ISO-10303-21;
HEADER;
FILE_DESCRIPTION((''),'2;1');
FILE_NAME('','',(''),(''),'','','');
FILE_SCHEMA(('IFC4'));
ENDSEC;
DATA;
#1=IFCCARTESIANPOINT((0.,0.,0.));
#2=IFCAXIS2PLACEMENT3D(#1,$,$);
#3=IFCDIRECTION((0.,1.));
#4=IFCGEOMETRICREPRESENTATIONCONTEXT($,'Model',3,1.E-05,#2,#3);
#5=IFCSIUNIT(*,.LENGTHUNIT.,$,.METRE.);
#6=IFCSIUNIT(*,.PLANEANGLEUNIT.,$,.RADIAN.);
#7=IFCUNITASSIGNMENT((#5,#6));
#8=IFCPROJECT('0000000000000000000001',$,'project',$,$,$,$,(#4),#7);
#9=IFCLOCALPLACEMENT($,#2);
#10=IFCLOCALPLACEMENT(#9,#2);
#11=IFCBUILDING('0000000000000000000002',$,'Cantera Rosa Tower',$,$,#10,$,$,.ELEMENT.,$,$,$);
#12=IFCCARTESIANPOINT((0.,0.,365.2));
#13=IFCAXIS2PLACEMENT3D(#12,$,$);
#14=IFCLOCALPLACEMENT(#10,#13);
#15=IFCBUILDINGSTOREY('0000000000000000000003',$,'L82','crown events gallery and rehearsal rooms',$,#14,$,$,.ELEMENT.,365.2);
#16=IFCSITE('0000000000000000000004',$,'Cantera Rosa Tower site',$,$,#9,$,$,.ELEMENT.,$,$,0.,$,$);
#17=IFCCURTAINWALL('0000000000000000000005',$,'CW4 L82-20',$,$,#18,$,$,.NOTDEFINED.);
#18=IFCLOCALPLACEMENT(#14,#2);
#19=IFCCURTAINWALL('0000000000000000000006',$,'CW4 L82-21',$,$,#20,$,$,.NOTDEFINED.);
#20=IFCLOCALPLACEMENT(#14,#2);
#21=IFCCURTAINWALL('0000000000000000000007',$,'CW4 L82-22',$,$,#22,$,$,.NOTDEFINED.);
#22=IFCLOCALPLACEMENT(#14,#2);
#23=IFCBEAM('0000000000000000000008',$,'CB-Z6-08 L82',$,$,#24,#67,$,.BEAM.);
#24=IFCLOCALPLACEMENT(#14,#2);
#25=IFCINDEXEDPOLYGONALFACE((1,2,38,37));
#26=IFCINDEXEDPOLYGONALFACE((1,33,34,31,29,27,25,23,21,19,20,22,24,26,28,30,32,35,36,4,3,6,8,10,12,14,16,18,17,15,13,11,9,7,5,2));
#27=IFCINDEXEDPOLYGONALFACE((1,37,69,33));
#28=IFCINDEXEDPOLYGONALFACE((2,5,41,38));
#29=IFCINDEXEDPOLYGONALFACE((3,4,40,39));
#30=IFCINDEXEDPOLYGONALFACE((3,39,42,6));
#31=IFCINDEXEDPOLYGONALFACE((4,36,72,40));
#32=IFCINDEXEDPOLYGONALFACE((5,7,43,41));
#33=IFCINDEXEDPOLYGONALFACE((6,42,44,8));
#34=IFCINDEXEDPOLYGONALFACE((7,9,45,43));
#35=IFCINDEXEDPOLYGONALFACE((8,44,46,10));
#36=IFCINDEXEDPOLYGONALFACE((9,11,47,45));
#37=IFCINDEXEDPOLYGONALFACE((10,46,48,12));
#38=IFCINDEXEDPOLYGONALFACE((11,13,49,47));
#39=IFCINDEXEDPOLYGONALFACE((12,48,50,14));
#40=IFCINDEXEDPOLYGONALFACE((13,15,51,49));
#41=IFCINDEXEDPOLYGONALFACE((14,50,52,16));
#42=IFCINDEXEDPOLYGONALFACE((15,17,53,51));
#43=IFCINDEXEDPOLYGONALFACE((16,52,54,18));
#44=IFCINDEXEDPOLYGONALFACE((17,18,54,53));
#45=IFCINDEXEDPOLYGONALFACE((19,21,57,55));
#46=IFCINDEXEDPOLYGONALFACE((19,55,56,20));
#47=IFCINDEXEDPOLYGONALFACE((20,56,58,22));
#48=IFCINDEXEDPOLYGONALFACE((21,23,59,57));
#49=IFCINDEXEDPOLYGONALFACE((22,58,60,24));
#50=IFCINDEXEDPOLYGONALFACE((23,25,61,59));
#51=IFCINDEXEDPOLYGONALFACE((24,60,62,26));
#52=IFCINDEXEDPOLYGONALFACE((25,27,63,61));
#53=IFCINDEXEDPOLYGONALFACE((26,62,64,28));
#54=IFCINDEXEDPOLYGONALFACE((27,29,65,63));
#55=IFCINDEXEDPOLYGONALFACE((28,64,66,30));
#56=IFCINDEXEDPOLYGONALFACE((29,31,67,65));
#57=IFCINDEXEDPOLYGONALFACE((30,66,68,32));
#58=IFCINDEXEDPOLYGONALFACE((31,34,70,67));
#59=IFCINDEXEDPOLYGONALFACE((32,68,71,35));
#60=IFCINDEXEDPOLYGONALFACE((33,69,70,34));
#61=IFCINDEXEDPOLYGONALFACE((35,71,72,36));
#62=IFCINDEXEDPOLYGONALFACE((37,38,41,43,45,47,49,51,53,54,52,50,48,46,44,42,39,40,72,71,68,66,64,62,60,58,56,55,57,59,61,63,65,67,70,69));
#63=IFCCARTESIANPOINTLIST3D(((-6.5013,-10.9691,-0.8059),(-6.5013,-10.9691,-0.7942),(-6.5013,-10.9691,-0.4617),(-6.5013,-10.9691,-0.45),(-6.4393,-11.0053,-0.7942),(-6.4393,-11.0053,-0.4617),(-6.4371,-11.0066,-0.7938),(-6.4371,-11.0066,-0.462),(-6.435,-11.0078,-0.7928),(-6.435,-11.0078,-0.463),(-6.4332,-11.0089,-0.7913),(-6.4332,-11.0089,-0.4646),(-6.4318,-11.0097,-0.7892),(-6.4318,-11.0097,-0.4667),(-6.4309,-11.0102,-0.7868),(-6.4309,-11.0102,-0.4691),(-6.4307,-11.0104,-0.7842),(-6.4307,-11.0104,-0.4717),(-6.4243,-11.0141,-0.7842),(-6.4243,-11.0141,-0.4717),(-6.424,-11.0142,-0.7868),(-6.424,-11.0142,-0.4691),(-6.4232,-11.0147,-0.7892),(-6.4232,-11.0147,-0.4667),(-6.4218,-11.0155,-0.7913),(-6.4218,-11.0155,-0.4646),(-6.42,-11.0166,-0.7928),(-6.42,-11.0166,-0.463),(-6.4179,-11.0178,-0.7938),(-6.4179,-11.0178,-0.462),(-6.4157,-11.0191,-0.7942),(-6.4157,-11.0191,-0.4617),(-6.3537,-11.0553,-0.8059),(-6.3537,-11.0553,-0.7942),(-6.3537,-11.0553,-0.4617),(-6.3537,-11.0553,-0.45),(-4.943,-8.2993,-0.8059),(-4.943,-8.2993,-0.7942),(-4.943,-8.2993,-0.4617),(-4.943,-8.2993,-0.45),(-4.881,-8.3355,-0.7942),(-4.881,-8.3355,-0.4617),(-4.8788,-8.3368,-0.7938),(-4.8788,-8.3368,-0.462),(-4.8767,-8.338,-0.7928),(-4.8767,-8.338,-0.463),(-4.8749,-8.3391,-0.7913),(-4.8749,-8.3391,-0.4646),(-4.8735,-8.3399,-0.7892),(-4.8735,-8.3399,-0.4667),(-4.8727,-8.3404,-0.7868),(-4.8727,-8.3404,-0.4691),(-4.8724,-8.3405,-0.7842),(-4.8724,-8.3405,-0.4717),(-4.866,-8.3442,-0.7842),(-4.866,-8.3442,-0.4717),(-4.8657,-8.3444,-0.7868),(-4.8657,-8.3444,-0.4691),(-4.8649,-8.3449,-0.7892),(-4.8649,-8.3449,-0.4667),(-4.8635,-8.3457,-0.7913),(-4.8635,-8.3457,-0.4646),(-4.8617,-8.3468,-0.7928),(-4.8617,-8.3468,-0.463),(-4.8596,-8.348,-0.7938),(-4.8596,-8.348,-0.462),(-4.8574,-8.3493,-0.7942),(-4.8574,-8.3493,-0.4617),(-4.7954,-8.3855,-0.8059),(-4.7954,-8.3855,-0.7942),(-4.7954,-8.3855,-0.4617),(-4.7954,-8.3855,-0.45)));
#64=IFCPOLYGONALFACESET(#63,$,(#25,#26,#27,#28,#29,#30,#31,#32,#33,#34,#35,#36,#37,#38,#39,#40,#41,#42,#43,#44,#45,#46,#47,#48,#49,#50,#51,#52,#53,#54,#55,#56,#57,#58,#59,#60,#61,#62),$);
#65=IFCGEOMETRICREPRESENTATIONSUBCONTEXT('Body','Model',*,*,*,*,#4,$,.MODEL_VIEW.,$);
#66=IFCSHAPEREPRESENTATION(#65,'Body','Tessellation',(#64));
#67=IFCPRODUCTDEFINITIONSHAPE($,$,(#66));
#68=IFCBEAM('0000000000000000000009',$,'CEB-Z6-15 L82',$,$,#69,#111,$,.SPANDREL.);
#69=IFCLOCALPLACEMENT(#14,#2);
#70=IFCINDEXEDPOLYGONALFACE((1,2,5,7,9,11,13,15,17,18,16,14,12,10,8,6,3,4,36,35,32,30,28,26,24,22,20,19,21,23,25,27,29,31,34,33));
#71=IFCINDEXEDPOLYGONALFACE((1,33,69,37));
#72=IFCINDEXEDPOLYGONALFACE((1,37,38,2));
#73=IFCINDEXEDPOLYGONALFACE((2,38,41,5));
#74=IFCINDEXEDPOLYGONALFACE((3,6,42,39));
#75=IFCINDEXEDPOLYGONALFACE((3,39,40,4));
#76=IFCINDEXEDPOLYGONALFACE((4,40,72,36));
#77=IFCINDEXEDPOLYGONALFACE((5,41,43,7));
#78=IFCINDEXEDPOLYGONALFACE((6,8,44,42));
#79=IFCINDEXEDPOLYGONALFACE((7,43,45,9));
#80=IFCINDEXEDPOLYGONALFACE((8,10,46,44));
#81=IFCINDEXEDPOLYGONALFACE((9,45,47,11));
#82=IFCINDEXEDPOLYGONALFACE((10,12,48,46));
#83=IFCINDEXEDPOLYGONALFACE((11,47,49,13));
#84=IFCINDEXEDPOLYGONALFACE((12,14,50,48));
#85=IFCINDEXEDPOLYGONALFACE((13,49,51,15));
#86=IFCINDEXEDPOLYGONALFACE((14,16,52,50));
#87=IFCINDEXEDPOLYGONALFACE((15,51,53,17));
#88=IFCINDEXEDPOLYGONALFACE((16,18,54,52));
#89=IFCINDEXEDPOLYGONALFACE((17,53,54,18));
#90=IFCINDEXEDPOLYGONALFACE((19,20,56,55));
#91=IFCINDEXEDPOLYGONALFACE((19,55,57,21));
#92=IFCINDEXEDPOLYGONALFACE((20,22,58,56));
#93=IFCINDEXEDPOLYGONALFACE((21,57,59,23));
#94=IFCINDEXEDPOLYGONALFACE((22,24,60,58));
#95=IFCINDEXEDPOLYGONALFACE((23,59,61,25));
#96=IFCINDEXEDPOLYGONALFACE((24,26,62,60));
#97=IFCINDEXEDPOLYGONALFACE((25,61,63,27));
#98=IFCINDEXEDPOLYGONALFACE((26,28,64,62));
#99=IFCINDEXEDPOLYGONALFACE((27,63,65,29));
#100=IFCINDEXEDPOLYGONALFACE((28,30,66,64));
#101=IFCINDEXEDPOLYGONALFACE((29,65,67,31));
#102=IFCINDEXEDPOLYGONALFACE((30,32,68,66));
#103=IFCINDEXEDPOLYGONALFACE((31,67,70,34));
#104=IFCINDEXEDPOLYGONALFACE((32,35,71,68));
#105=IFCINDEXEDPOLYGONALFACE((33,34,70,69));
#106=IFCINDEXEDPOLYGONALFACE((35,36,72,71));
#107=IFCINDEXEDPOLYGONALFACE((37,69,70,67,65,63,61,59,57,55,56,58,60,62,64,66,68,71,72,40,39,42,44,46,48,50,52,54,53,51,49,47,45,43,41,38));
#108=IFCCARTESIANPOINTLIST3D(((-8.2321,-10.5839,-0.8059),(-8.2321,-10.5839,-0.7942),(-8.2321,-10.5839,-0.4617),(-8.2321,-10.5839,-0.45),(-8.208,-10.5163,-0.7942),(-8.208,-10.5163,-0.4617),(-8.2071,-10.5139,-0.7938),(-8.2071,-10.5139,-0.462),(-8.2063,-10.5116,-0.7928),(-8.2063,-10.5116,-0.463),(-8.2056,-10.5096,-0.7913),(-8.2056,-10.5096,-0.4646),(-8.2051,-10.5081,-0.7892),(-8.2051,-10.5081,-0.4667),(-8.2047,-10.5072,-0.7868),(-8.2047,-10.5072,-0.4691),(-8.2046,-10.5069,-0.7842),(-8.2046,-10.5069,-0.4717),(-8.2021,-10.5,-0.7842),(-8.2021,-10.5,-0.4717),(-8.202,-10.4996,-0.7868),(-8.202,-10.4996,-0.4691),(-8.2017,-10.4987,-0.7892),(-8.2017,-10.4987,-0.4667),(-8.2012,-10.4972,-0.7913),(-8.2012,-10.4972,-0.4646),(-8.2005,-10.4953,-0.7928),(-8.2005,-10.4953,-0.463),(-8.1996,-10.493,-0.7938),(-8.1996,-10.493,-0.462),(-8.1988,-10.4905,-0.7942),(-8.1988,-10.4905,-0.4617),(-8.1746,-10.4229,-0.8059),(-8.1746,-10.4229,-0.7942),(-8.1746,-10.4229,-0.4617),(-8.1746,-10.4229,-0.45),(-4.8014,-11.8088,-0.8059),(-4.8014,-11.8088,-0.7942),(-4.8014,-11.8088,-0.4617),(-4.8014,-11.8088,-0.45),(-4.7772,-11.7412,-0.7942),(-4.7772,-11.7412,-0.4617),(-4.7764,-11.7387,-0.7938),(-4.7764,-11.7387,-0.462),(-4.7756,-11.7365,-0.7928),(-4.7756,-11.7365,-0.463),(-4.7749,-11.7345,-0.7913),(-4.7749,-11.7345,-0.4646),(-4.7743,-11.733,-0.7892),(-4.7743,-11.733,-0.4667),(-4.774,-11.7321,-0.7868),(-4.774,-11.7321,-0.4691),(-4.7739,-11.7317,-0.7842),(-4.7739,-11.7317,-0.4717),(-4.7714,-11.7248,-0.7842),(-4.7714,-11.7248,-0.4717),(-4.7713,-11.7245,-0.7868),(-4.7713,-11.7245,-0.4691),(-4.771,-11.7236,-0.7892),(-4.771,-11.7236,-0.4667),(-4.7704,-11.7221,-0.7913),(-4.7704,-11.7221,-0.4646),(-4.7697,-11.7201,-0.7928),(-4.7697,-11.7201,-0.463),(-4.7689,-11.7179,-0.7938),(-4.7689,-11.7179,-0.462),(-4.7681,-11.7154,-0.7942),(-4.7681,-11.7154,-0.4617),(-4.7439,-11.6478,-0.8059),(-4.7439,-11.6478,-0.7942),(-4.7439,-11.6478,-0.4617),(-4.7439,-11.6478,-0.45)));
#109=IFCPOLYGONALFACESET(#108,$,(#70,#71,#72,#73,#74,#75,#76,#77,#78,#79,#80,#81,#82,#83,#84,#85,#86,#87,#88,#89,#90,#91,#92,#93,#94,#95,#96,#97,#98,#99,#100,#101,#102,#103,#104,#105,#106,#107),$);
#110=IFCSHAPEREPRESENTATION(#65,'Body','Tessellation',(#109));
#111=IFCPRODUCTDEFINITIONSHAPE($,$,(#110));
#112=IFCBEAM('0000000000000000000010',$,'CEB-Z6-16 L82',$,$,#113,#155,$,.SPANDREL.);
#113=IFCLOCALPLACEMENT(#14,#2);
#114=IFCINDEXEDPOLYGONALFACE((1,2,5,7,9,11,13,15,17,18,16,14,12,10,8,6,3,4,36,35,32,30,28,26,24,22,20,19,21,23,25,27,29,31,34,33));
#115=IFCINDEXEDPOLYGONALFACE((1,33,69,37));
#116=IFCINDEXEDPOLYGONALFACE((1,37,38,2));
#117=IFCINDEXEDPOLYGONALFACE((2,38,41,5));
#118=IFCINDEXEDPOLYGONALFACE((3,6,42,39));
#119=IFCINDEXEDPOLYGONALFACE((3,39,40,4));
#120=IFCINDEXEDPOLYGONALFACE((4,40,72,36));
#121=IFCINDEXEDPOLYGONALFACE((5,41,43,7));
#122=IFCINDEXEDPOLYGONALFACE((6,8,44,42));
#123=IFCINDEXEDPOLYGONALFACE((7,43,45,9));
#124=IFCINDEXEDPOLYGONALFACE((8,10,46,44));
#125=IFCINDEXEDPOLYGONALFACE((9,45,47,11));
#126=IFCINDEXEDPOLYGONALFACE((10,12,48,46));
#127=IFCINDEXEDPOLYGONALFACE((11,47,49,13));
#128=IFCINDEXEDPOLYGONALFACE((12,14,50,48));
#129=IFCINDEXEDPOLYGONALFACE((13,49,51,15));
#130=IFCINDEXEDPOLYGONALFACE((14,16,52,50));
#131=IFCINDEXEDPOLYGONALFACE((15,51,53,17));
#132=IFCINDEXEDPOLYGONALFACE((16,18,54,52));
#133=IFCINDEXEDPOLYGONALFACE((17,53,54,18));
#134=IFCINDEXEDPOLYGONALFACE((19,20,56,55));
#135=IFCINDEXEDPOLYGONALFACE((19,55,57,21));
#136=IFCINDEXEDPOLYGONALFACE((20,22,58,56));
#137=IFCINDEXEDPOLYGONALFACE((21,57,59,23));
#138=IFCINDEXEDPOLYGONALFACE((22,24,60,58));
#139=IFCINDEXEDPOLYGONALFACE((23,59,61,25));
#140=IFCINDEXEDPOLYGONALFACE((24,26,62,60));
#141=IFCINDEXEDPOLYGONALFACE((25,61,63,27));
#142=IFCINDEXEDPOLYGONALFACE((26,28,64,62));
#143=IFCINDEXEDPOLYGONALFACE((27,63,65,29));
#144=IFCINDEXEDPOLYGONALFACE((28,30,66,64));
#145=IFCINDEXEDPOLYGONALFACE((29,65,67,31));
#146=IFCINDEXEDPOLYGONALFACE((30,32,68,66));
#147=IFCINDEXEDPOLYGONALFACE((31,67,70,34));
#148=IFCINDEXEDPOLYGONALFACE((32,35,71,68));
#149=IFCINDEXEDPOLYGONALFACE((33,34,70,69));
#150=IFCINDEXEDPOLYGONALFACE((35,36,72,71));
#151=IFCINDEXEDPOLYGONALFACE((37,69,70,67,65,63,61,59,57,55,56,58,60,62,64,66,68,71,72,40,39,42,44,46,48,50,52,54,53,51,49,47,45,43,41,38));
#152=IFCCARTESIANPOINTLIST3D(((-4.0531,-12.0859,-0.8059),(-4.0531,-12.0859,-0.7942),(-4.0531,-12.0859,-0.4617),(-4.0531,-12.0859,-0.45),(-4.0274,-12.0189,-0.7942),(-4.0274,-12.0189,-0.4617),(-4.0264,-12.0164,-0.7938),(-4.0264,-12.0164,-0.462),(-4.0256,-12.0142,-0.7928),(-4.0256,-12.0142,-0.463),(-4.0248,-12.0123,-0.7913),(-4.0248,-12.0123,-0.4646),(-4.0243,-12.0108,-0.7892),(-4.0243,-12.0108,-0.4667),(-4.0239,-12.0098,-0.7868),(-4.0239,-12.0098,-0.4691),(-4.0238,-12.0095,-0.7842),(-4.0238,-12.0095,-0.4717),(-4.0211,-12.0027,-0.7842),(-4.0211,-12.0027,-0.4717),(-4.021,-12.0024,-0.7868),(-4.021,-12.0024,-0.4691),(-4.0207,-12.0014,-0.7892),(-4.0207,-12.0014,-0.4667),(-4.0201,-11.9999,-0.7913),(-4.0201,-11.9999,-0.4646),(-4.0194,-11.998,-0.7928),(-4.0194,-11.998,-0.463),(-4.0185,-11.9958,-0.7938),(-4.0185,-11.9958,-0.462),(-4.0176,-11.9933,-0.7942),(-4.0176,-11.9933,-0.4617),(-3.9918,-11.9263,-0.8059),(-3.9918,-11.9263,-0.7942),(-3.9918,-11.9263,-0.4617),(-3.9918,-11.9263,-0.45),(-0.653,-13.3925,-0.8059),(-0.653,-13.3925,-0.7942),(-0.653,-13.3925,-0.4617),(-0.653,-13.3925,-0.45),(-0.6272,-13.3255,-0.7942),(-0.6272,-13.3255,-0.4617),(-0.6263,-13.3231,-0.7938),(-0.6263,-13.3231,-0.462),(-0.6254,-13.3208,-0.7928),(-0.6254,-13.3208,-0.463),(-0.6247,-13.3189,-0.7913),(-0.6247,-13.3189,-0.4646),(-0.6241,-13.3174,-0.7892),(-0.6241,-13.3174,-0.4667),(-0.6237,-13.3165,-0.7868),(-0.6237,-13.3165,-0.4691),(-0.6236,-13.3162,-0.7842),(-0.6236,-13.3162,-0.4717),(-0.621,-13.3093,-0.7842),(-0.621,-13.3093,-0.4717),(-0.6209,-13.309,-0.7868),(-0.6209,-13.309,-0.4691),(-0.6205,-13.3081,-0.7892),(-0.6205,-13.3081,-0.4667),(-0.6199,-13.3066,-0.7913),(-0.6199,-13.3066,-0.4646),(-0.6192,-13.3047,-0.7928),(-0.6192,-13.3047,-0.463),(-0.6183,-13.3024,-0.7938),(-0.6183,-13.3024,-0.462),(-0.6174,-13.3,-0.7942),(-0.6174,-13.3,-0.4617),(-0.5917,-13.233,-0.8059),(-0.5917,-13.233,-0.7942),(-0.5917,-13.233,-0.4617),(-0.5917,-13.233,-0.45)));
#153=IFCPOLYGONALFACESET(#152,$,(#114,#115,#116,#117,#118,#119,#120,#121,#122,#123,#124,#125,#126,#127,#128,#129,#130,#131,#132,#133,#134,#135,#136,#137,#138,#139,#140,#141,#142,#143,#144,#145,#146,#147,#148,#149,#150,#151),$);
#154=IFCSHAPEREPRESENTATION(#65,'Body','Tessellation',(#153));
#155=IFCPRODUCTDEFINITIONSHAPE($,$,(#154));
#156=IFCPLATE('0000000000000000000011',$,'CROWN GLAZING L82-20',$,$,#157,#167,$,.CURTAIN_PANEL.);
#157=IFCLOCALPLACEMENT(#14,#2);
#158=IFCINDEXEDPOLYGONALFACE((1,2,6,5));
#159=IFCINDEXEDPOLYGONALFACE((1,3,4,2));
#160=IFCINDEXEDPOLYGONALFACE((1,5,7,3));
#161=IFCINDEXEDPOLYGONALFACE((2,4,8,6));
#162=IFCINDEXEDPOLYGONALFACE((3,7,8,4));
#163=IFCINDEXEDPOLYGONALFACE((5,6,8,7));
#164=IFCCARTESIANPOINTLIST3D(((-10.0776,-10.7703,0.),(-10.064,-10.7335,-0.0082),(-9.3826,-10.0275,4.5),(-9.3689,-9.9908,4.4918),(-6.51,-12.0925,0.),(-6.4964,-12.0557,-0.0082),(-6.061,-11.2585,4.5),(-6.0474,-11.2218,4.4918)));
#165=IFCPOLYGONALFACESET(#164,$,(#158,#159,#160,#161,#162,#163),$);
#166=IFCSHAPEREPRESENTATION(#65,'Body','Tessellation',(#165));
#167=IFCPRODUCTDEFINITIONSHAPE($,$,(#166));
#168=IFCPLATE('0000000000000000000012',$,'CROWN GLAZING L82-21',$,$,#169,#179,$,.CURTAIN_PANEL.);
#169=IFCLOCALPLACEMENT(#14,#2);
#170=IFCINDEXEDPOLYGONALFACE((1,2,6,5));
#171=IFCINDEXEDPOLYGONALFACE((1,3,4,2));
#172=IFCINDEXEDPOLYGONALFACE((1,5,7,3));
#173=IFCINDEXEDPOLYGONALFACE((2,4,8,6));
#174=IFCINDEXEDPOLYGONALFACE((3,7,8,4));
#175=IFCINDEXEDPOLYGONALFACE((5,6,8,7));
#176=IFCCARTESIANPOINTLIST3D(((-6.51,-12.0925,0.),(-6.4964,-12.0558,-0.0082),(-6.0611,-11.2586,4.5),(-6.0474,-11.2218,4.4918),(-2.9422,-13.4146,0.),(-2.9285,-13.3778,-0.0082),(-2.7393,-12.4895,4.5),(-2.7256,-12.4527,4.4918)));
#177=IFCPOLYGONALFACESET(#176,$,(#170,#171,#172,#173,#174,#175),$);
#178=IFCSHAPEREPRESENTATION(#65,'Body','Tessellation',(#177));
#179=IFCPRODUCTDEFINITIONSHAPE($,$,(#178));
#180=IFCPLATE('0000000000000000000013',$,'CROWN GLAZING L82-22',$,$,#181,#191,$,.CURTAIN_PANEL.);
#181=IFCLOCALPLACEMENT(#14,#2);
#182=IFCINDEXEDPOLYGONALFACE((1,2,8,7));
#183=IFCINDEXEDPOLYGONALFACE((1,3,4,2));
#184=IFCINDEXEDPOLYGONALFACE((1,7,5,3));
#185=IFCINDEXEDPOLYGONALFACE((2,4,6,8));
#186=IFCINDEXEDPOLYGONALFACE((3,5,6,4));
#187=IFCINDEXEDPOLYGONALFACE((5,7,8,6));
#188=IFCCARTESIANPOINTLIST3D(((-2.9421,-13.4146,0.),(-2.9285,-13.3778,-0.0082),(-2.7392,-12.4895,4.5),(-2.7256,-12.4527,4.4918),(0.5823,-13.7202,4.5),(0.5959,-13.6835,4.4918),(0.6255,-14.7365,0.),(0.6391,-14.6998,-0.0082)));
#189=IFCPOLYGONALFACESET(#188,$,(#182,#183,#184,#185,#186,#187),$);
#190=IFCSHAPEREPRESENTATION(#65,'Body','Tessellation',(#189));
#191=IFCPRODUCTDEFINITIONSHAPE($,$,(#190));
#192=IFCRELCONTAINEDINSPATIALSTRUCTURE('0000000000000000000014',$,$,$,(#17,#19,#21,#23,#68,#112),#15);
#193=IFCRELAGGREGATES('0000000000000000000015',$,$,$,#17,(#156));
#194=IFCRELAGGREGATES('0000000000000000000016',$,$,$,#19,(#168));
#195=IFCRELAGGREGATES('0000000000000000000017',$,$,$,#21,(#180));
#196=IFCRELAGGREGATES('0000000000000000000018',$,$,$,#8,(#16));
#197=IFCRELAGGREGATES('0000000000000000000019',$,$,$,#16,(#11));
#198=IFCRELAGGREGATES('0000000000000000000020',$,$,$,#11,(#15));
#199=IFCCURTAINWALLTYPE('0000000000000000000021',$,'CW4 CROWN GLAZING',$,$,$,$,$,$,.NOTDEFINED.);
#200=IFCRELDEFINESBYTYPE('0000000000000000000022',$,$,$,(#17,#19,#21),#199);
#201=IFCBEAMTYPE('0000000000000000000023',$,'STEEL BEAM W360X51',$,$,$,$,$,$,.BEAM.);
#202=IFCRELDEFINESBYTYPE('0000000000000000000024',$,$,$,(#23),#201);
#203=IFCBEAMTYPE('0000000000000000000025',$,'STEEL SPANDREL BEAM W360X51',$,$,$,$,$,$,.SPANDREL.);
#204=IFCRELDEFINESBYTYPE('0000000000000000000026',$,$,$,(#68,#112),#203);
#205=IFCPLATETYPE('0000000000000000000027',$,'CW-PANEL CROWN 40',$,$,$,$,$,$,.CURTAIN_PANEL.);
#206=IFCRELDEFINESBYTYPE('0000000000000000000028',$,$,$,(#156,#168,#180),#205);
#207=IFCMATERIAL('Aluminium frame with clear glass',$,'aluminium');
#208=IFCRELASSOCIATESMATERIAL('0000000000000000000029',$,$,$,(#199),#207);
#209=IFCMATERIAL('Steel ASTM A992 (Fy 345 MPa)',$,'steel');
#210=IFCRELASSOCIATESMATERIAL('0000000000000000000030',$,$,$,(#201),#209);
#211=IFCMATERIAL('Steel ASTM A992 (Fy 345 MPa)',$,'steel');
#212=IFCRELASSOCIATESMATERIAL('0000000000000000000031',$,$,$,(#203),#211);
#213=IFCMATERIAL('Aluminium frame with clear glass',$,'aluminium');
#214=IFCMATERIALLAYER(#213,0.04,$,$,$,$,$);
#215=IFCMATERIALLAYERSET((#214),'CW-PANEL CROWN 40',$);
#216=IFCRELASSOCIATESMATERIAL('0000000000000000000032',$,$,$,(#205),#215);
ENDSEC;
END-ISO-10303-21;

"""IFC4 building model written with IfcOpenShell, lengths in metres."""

from ifc_helpers import new_model, si_unit, direction, frame, origin, origin_2d, place, context, subcontext, project, spatial, polyline, i_section, outline, extrude, material, layer, layer_set, material_profile, profile_set, type_object, element, aggregate, save


model = new_model("IFC4")

# Units and contexts
model_context = context("Model", 3, precision=1e-05, world=origin(), true_north=direction((0.0, 1.0)))
body_context = subcontext(model_context, "Body", "Model", "MODEL_VIEW")
ifc_project = project(units=[si_unit("LENGTHUNIT", "METRE"), si_unit("PLANEANGLEUNIT", "RADIAN")], contexts=[model_context])

# Site, building, storey
site_placement = place(None, origin())
site = spatial("IfcSite", under=ifc_project, at=site_placement, Name="Cantera Rosa Tower site", CompositionType="ELEMENT", RefElevation=0.0)
building_placement = place(site_placement, origin())
building = spatial("IfcBuilding", under=site, at=building_placement, Name="Cantera Rosa Tower", CompositionType="ELEMENT")
storey_placement = place(building_placement, frame((0.0, 0.0, 365.2)))
storey = spatial("IfcBuildingStorey", under=building, at=storey_placement, Name="L82", Description="crown events gallery and rehearsal rooms", CompositionType="ELEMENT", Elevation=365.2)

# Curtain walls
ifc_material_1 = material(Name="Aluminium frame with clear glass", Category="aluminium")
curtain_wall_type = type_object("IfcCurtainWallType", Name="CW4 CROWN GLAZING", PredefinedType="NOTDEFINED", material=ifc_material_1)
curtain_wall_1_placement = place(storey_placement, origin())
curtain_wall_1 = element("IfcCurtainWall", 1, at=curtain_wall_1_placement, inside=storey, type_object=curtain_wall_type, Name="CW4 L82-20", PredefinedType="NOTDEFINED")
curtain_wall_2_placement = place(storey_placement, origin())
curtain_wall_2 = element("IfcCurtainWall", 2, at=curtain_wall_2_placement, inside=storey, type_object=curtain_wall_type, Name="CW4 L82-21", PredefinedType="NOTDEFINED")
curtain_wall_3_placement = place(storey_placement, origin())
curtain_wall_3 = element("IfcCurtainWall", 3, at=curtain_wall_3_placement, inside=storey, type_object=curtain_wall_type, Name="CW4 L82-22", PredefinedType="NOTDEFINED")

# Beams
ifc_material_2 = material(Name="Steel ASTM A992 (Fy 345 MPa)", Category="steel")
ifc_material_profile_1 = material_profile(ifc_material_2, i_section(OverallWidth=0.1709, OverallDepth=0.356, WebThickness=0.0073, FlangeThickness=0.0117, FilletRadius=0.01, at=origin_2d()), Name="W360X51")
ifc_profile_set_1 = profile_set([ifc_material_profile_1], Name="Steel ASTM A992 (Fy 345 MPa)")
beam_type_1 = type_object("IfcBeamType", Name="STEEL BEAM W360X51", PredefinedType="BEAM", material=ifc_profile_set_1)
beam_1_placement = place(storey_placement, frame((-6.4275, -11.0122, -0.6279), z_axis=(0.504087, 0.863653, 0.0), x_axis=(-0.863653, 0.504087, 0.0)))
element("IfcBeam", 4, at=beam_1_placement, inside=storey, type_object=beam_type_1, Name="CB-Z6-08 L82", PredefinedType="BEAM", context=body_context, shape_type="SweptSolid", body=[
    extrude(i_section(OverallWidth=0.1709, OverallDepth=0.356, WebThickness=0.0073, FlangeThickness=0.0117, FilletRadius=0.01, at=origin_2d()), origin(), (0.0, 0.0, 1.0), 3.0913),
])
ifc_material_3 = material(Name="Steel ASTM A992 (Fy 345 MPa)", Category="steel")
ifc_material_profile_2 = material_profile(ifc_material_3, i_section(OverallWidth=0.1709, OverallDepth=0.356, WebThickness=0.0073, FlangeThickness=0.0117, FilletRadius=0.01, at=origin_2d()), Name="W360X51")
ifc_profile_set_2 = profile_set([ifc_material_profile_2], Name="Steel ASTM A992 (Fy 345 MPa)")
beam_type_2 = type_object("IfcBeamType", Name="STEEL SPANDREL BEAM W360X51", PredefinedType="SPANDREL", material=ifc_profile_set_2)
beam_2_placement = place(storey_placement, frame((-8.2034, -10.5034, -0.6279), z_axis=(0.941775, -0.336243, 0.0), x_axis=(0.336243, 0.941775, 0.0)))
element("IfcBeam", 5, at=beam_2_placement, inside=storey, type_object=beam_type_2, Name="CEB-Z6-15 L82", PredefinedType="SPANDREL", context=body_context, shape_type="SweptSolid", body=[
    extrude(i_section(OverallWidth=0.1709, OverallDepth=0.356, WebThickness=0.0073, FlangeThickness=0.0117, FilletRadius=0.01, at=origin_2d()), origin(), (0.0, 0.0, 1.0), 3.6428),
])
beam_3_placement = place(storey_placement, frame((-4.0225, -12.0061, -0.6279), z_axis=(0.933447, -0.358714, 0.0), x_axis=(0.358714, 0.933447, 0.0)))
element("IfcBeam", 6, at=beam_3_placement, inside=storey, type_object=beam_type_2, Name="CEB-Z6-16 L82", PredefinedType="SPANDREL", context=body_context, shape_type="SweptSolid", body=[
    extrude(i_section(OverallWidth=0.1709, OverallDepth=0.356, WebThickness=0.0073, FlangeThickness=0.0117, FilletRadius=0.01, at=origin_2d()), origin(), (0.0, 0.0, 1.0), 3.6426),
])

# Plates
ifc_material_4 = material(Name="Aluminium frame with clear glass", Category="aluminium")
ifc_layer_1 = layer(ifc_material_4, 0.04)
ifc_layer_set_1 = layer_set([ifc_layer_1], Name="CW-PANEL CROWN 40")
plate_type = type_object("IfcPlateType", Name="CW-PANEL CROWN 40", PredefinedType="CURTAIN_PANEL", material=ifc_layer_set_1)
plate_1_placement = place(storey_placement, frame((-10.0776, -10.7703, 0.0), z_axis=(-0.340204, -0.917945, 0.204055), x_axis=(0.937674, -0.347516, -0.000003)))
plate_1 = element("IfcPlate", 7, at=plate_1_placement, type_object=plate_type, Name="CROWN GLAZING L82-20", PredefinedType="CURTAIN_PANEL", context=body_context, shape_type="SweptSolid", body=[
    extrude(outline(polyline([(0.0, 0.0), (3.8048, 0.0), (3.9359, 4.5967), (0.3936, 4.5967), (0.0, 0.0)])), origin(), (0.0, 0.0, -1.0), 0.04),
])
plate_2_placement = place(storey_placement, frame((-6.51, -12.0925, 0.0), z_axis=(-0.340154, -0.917964, 0.204051), x_axis=(0.937693, -0.347464, 0.000003)))
plate_2 = element("IfcPlate", 8, at=plate_2_placement, type_object=plate_type, Name="CROWN GLAZING L82-21", PredefinedType="CURTAIN_PANEL", context=body_context, shape_type="SweptSolid", body=[
    extrude(outline(polyline([(0.0, 0.0), (3.8049, 0.0), (3.6738, 4.5967), (0.1312, 4.5967), (0.0, 0.0)])), origin(), (0.0, 0.0, -1.0), 0.04),
])
plate_3_placement = place(storey_placement, frame((-2.9421, -13.4146, 0.0), z_axis=(-0.340147, -0.917967, 0.204051), x_axis=(0.937696, -0.347458, -0.000003)))
plate_3 = element("IfcPlate", 9, at=plate_3_placement, type_object=plate_type, Name="CROWN GLAZING L82-22", PredefinedType="CURTAIN_PANEL", context=body_context, shape_type="SweptSolid", body=[
    extrude(outline(polyline([(0.0, 0.0), (3.8047, 0.0), (3.411, 4.5967), (-0.1312, 4.5967), (0.0, 0.0)])), origin(), (0.0, 0.0, -1.0), 0.04),
])

aggregate(curtain_wall_1, [plate_1])
aggregate(curtain_wall_2, [plate_2])
aggregate(curtain_wall_3, [plate_3])

save(model, "model.ifc")
